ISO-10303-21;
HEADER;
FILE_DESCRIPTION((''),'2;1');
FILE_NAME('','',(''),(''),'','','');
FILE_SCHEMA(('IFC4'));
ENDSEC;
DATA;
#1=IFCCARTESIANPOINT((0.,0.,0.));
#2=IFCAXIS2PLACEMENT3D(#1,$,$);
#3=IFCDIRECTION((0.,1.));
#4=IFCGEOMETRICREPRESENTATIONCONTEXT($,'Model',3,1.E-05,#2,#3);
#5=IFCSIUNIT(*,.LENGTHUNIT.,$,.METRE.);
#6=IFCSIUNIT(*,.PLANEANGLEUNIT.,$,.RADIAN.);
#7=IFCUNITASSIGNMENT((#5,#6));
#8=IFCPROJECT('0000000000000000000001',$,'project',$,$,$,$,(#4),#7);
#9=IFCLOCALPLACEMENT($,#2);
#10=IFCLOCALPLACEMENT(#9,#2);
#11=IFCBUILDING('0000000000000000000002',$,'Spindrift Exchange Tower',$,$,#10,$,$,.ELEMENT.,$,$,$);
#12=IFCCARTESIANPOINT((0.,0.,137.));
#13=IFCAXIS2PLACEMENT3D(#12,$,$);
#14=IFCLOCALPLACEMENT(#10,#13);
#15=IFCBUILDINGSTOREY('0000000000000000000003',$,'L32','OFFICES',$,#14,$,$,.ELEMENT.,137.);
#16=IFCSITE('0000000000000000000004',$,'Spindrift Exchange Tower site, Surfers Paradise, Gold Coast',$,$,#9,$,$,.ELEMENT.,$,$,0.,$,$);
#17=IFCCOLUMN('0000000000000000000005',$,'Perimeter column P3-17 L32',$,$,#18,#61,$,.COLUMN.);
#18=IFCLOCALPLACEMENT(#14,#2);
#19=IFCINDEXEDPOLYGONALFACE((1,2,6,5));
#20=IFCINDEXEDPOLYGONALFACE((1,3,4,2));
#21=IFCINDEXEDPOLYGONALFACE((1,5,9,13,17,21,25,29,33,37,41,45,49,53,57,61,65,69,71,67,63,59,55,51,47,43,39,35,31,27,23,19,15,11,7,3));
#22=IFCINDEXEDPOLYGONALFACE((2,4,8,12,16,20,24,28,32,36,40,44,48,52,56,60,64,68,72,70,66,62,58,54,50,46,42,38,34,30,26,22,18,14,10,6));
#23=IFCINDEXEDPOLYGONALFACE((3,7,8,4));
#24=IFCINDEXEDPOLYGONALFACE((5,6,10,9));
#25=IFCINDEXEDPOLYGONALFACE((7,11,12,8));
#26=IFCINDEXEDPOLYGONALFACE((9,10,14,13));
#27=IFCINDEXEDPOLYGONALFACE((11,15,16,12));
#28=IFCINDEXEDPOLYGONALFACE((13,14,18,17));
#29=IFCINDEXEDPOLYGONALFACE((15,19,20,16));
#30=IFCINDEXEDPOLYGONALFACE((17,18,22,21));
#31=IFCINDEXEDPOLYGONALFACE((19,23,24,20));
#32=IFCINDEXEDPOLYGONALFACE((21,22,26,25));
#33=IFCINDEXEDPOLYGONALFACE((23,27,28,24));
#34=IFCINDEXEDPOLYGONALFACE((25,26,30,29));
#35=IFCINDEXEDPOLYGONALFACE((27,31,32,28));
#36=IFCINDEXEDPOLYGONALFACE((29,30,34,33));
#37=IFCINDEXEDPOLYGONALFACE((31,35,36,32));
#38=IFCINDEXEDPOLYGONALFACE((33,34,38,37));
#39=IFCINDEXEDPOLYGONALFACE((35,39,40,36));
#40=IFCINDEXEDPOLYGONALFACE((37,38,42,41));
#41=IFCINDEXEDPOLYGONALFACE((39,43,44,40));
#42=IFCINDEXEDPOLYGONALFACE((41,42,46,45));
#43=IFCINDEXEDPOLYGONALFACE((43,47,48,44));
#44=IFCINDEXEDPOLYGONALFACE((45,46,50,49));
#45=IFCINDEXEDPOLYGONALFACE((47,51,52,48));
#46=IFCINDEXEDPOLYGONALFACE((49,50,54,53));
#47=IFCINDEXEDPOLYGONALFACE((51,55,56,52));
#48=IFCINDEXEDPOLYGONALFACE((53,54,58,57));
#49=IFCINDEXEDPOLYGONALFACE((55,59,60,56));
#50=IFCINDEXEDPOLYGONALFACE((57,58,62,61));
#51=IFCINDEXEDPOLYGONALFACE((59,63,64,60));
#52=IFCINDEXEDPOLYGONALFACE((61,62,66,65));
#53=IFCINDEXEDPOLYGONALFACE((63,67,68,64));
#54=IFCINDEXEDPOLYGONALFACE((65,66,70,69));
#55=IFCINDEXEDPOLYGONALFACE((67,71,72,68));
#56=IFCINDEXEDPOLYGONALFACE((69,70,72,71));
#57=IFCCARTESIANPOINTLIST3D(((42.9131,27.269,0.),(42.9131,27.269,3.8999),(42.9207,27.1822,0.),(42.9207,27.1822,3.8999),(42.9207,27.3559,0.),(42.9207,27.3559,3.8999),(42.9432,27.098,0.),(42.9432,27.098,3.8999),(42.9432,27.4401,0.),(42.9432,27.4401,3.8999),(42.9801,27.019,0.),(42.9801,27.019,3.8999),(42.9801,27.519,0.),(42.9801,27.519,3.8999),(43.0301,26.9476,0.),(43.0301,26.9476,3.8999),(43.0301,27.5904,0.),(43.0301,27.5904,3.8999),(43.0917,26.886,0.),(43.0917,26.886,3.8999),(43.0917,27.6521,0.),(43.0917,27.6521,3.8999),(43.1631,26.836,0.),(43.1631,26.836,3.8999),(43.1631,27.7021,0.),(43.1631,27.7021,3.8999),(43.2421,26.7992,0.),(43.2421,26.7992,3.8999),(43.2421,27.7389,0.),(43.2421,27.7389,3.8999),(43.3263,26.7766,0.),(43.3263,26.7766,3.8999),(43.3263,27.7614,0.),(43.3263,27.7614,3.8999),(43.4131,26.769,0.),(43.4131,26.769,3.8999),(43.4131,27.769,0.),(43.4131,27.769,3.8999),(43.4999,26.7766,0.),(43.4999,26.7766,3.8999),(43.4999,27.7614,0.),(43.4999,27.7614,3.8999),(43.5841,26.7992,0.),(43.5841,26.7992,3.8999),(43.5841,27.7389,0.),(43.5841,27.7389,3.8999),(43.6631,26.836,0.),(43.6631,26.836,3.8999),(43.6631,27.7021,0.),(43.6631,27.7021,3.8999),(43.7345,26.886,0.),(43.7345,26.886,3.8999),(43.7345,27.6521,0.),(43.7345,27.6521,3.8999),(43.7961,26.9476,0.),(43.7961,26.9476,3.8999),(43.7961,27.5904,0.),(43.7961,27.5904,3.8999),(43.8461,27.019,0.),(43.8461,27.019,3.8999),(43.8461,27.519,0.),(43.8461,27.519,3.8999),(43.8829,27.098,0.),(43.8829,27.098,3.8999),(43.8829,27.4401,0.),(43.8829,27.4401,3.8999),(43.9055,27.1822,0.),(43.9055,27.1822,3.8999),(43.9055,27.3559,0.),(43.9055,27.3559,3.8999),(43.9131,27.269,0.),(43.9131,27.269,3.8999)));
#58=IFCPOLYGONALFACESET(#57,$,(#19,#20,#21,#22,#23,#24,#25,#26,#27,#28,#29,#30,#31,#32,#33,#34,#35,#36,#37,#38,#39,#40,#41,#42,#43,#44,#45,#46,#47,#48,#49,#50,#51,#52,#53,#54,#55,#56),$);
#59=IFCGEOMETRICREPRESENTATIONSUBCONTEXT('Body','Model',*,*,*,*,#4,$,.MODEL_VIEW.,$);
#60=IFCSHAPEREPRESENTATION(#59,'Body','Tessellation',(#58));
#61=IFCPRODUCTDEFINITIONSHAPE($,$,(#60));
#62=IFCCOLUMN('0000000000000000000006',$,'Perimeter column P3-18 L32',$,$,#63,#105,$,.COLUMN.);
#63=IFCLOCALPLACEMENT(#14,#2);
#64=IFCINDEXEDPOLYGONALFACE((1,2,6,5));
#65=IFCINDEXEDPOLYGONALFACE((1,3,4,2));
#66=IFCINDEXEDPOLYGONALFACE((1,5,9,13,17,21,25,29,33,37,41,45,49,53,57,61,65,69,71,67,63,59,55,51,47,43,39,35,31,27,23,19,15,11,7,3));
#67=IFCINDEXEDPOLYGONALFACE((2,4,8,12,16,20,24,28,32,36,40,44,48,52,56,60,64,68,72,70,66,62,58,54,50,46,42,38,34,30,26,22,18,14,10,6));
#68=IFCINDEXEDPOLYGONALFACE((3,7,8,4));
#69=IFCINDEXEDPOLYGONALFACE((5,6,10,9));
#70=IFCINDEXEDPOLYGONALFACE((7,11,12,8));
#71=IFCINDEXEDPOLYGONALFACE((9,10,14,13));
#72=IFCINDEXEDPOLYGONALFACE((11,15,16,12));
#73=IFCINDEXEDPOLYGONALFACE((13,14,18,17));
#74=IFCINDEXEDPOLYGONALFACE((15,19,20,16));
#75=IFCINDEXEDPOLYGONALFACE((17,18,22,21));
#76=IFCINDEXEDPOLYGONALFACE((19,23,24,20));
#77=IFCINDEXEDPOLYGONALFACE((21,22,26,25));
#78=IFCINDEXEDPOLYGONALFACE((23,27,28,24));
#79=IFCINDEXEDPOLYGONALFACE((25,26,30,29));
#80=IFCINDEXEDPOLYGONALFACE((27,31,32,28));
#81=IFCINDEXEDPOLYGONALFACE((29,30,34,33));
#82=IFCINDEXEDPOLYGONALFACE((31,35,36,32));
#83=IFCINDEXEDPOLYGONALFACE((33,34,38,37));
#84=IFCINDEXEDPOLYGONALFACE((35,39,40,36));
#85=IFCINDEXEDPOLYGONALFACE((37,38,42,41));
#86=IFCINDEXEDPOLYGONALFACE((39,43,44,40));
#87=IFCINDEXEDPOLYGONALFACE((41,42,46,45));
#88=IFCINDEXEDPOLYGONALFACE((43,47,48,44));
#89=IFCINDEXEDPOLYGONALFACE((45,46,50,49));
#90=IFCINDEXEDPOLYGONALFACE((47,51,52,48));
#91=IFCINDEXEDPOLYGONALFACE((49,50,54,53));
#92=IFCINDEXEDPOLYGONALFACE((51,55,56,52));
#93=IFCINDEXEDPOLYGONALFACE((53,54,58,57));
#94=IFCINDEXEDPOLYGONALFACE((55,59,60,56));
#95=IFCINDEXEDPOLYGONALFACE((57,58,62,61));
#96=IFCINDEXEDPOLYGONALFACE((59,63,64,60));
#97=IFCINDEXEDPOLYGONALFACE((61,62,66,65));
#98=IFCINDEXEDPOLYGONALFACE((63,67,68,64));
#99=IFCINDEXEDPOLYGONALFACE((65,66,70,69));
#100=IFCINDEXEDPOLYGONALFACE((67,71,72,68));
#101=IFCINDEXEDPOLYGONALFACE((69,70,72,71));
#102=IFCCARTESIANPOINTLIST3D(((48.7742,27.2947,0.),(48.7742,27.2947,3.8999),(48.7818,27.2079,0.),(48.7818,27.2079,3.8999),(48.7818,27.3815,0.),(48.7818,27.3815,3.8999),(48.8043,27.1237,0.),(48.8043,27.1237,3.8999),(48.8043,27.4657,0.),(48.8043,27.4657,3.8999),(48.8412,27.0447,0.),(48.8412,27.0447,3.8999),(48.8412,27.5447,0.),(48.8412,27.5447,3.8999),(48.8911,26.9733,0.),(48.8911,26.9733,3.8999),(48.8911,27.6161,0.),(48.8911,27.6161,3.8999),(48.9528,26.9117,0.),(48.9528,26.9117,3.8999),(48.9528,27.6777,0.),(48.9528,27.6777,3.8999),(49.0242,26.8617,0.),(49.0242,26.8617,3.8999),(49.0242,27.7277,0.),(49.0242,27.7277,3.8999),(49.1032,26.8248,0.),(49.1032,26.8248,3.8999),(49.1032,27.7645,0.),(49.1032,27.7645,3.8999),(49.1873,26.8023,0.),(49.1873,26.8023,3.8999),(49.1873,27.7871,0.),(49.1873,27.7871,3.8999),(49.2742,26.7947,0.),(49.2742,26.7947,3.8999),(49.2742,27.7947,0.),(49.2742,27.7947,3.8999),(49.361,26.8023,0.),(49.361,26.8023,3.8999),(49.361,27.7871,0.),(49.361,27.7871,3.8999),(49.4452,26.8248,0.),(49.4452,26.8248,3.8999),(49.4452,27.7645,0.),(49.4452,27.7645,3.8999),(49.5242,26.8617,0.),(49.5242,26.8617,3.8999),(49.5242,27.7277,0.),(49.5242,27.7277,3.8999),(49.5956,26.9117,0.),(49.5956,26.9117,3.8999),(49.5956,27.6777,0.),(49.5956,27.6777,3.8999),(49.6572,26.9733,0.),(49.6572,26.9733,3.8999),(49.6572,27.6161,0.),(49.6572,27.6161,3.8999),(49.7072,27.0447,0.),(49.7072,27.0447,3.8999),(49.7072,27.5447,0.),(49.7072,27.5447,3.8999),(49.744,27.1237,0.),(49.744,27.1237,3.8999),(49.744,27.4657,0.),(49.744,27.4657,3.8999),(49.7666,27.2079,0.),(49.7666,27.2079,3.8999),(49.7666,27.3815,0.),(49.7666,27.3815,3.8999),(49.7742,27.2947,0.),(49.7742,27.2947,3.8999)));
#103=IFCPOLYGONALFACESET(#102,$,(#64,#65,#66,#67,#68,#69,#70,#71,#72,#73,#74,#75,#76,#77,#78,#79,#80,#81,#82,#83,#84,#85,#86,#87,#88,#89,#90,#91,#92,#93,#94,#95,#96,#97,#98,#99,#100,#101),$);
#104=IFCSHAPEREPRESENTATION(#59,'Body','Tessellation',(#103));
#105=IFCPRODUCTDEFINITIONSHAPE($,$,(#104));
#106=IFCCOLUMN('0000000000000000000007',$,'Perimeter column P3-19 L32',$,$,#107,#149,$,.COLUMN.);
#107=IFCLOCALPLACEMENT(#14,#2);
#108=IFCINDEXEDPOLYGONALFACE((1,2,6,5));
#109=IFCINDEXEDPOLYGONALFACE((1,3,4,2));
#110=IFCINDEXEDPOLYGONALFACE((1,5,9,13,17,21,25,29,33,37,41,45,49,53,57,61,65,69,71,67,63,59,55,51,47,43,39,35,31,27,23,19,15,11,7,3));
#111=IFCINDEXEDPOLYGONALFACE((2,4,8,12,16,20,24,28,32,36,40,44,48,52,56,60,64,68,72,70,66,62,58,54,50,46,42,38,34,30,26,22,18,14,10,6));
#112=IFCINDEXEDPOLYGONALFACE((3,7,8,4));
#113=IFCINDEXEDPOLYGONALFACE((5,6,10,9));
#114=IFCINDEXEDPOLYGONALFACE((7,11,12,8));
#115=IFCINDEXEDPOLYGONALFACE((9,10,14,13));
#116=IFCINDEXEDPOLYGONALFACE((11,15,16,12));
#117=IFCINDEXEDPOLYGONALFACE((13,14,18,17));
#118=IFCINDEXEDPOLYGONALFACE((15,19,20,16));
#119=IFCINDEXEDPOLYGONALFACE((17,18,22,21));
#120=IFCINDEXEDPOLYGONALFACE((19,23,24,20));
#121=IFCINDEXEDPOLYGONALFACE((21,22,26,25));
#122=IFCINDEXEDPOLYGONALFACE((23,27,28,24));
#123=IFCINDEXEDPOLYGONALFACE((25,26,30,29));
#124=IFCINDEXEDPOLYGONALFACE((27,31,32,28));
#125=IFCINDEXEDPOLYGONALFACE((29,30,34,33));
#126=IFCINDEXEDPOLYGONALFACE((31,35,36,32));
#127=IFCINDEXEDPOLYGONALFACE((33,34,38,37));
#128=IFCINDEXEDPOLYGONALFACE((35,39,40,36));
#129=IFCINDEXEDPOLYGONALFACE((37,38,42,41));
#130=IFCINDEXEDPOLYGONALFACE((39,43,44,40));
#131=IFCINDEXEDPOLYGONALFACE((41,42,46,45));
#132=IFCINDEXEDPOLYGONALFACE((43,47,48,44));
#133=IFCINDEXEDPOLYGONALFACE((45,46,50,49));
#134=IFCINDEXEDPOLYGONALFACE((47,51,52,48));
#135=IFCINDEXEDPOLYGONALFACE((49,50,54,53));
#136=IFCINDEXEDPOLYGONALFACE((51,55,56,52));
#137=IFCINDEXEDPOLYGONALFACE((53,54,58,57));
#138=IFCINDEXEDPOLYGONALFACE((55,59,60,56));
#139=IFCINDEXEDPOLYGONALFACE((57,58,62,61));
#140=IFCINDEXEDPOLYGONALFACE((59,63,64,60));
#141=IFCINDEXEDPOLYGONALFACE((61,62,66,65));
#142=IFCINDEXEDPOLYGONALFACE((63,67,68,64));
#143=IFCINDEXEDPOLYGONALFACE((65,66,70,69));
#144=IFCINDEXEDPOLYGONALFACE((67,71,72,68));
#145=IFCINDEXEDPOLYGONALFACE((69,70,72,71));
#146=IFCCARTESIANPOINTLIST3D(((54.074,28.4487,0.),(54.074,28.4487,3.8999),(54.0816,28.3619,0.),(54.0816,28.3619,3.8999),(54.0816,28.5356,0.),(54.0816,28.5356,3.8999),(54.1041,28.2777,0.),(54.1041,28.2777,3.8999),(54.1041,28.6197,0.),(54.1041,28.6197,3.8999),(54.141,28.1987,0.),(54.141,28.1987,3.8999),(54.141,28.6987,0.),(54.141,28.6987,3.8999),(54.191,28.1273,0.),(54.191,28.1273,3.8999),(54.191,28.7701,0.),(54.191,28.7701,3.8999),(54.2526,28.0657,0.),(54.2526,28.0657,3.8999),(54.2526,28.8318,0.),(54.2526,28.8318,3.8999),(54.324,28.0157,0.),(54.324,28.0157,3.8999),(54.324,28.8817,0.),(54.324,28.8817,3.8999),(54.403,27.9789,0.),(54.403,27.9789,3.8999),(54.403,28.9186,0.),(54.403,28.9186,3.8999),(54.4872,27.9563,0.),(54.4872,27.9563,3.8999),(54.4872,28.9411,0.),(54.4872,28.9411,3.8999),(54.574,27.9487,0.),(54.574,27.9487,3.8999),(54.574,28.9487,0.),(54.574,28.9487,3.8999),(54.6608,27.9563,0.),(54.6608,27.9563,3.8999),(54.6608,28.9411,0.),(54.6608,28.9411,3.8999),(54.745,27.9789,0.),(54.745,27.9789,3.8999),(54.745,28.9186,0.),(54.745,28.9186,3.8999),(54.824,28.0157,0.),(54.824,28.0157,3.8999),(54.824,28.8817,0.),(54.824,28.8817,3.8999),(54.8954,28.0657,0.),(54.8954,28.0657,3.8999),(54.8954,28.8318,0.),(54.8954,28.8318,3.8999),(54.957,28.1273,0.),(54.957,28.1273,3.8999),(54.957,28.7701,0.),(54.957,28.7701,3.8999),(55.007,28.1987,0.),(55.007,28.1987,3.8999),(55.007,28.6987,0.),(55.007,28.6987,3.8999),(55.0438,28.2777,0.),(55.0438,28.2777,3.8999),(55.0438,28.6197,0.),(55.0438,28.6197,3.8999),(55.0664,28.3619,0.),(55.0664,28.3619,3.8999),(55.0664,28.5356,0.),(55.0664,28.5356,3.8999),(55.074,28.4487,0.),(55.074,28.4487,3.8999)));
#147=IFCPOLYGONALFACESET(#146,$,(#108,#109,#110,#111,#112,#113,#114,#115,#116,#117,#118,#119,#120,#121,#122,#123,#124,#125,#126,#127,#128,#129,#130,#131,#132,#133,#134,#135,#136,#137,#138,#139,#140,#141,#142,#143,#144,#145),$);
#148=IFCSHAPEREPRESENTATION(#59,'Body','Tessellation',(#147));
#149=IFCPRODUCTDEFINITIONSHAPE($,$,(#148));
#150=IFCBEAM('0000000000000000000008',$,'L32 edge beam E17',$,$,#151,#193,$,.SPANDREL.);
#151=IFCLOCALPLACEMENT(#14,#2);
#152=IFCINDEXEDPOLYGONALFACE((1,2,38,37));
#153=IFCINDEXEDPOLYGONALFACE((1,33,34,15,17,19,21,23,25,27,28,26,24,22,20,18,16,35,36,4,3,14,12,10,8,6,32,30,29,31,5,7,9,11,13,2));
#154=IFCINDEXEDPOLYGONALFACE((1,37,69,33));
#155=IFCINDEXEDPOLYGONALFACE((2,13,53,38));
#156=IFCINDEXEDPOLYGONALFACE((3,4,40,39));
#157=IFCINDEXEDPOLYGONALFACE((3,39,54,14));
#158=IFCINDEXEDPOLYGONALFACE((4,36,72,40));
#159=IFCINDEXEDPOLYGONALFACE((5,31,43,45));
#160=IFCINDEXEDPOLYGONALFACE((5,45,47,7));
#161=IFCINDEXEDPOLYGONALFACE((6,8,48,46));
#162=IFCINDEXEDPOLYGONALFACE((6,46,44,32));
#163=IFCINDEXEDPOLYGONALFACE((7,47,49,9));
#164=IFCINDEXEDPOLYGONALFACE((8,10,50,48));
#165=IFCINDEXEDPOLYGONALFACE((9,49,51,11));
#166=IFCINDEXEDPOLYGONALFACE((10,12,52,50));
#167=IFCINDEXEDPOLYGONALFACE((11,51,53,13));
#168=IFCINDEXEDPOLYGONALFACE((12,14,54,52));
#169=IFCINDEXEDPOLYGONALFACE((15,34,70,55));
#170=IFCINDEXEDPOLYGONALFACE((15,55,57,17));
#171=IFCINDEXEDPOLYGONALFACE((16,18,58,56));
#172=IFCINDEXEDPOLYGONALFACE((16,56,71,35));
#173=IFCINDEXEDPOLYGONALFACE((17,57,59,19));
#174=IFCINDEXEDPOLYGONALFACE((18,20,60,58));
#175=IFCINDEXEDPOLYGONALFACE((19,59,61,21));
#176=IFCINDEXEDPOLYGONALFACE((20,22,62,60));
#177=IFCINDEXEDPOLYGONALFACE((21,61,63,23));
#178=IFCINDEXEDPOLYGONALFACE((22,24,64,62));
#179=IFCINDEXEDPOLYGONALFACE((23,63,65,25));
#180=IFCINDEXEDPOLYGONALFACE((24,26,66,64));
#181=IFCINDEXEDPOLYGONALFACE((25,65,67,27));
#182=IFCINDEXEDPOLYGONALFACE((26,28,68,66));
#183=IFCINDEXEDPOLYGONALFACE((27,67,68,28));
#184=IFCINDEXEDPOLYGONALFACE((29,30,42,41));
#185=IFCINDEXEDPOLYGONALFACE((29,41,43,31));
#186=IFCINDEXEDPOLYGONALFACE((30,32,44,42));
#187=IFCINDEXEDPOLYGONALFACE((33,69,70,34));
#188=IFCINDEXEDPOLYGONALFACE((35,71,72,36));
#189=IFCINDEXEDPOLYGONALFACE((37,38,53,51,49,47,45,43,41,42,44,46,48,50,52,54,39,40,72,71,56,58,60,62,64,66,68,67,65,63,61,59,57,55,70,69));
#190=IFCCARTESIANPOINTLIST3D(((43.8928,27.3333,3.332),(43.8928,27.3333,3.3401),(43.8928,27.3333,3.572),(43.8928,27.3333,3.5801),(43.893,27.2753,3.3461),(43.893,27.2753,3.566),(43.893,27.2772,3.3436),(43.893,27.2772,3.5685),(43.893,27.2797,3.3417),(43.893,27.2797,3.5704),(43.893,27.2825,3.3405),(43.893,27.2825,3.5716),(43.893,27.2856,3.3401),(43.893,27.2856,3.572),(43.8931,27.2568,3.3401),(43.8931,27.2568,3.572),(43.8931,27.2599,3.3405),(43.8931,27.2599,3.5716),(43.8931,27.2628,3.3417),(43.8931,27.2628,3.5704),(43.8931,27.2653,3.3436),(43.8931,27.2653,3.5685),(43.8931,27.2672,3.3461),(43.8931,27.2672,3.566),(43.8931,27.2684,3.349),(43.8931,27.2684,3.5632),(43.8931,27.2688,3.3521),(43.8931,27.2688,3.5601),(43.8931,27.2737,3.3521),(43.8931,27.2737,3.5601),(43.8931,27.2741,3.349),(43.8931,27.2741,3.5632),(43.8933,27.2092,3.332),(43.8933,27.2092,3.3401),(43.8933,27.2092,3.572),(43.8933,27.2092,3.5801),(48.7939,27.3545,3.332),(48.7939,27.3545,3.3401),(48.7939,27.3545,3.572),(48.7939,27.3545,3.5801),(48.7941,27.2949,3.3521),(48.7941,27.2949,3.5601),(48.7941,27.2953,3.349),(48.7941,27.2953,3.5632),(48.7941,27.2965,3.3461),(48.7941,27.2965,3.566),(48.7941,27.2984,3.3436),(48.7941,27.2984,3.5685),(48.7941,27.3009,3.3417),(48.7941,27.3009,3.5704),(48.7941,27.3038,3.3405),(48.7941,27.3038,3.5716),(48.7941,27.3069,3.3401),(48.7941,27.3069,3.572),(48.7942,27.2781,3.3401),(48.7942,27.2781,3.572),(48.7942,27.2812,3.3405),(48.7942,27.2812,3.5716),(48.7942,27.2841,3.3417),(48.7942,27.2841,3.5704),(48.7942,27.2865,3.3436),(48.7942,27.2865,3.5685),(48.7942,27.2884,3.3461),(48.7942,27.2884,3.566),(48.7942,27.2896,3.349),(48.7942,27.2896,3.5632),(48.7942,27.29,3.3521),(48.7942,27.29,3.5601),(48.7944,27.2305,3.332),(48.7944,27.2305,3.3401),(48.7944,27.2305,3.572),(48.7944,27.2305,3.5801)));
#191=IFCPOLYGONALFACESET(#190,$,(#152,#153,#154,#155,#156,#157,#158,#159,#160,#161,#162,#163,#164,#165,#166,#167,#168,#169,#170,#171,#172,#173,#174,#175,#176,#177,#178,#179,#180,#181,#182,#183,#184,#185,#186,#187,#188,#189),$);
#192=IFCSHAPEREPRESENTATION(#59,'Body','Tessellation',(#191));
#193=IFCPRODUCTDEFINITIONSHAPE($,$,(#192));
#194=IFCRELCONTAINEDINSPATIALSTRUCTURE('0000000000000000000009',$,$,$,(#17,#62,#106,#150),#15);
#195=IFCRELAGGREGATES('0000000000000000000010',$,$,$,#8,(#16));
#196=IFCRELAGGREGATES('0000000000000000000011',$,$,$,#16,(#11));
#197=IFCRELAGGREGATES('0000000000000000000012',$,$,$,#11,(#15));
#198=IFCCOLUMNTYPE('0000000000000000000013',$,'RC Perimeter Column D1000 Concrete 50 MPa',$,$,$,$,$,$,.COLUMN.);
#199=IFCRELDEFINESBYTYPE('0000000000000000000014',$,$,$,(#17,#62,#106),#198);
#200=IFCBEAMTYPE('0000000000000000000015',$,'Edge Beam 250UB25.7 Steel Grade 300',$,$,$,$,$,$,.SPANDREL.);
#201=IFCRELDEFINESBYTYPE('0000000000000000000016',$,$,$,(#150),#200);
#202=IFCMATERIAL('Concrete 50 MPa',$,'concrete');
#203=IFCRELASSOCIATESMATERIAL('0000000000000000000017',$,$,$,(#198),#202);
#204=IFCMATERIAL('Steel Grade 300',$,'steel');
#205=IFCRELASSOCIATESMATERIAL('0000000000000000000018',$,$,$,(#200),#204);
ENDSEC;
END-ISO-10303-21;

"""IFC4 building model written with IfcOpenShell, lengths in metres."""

from ifc_helpers import new_model, si_unit, direction, frame, origin, origin_2d, place, context, subcontext, project, spatial, circle, i_section, extrude, source, transform, mapped, material, material_profile, profile_set, type_object, element, save


model = new_model("IFC4")

# Units and contexts
model_context = context("Model", 3, precision=1e-05, world=origin(), true_north=direction((0.0, 1.0)))
body_context = subcontext(model_context, "Body", "Model", "MODEL_VIEW")
ifc_project = project(units=[si_unit("LENGTHUNIT", "METRE"), si_unit("PLANEANGLEUNIT", "RADIAN")], contexts=[model_context])

# Site, building, storey
site_placement = place(None, origin())
site = spatial("IfcSite", under=ifc_project, at=site_placement, Name="Spindrift Exchange Tower site, Surfers Paradise, Gold Coast", CompositionType="ELEMENT", RefElevation=0.0)
building_placement = place(site_placement, origin())
building = spatial("IfcBuilding", under=site, at=building_placement, Name="Spindrift Exchange Tower", CompositionType="ELEMENT")
storey_placement = place(building_placement, frame((0.0, 0.0, 137.0)))
storey = spatial("IfcBuildingStorey", under=building, at=storey_placement, Name="L32", Description="OFFICES", CompositionType="ELEMENT", Elevation=137.0)

# Columns
ifc_material_1 = material(Name="Concrete 50 MPa", Category="concrete")
ifc_material_profile_1 = material_profile(ifc_material_1, circle(Radius=0.5, at=origin_2d()), Name="RC D1000")
ifc_profile_set_1 = profile_set([ifc_material_profile_1], Name="Concrete 50 MPa")
column_type = type_object("IfcColumnType", Name="RC Perimeter Column D1000 Concrete 50 MPa", PredefinedType="COLUMN", material=ifc_profile_set_1)
shared_shape_1 = source(origin(), body_context, "Body", "SweptSolid", [
    extrude(circle(Radius=0.5, at=origin_2d()), origin(), (0.0, 0.0, 1.0), 3.8999),
])
for number, where, z_axis, x_axis, name in (
    (1, (43.4131, 27.269, 0.0), (0.0, 0.0, 1.0), (1.0, 0.0, 0.0), "Perimeter column P3-17 L32"),
    (2, (49.2742, 27.2947, 0.0), (0.0, 0.0, 1.0), (1.0, 0.0, 0.0), "Perimeter column P3-18 L32"),
    (3, (54.574, 28.4487, 0.0), (0.0, 0.0, 1.0), (1.0, 0.0, 0.0), "Perimeter column P3-19 L32"),
):
    element("IfcColumn", number, at=place(storey_placement, frame(where, z_axis=z_axis, x_axis=x_axis)), inside=storey, type_object=column_type, Name=name, PredefinedType="COLUMN", context=body_context, shape_type="MappedRepresentation", body=[
        mapped(shared_shape_1, transform((0.0, 0.0, 0.0), scale=1.0)),
    ])

# Beam
ifc_material_2 = material(Name="Steel Grade 300", Category="steel")
ifc_material_profile_2 = material_profile(ifc_material_2, i_section(OverallWidth=0.124, OverallDepth=0.248, WebThickness=0.0049, FlangeThickness=0.0081, FilletRadius=0.012, at=origin_2d()), Name="250UB25.7")
ifc_profile_set_2 = profile_set([ifc_material_profile_2], Name="Steel Grade 300")
beam_type_1 = type_object("IfcBeamType", Name="Edge Beam 250UB25.7 Steel Grade 300", PredefinedType="SPANDREL", material=ifc_profile_set_2)
shared_shape_2 = source(origin(), body_context, "Body", "SweptSolid", [
    extrude(i_section(OverallWidth=0.124, OverallDepth=0.248, WebThickness=0.0049, FlangeThickness=0.0081, FilletRadius=0.012, at=origin_2d()), origin(), (0.0, 0.0, 1.0), 4.9011),
])
beam_1_placement = place(storey_placement, frame((43.8931, 27.2712, 3.4561), z_axis=(0.999991, 0.004334, 0.0), x_axis=(-0.004334, 0.999991, 0.0)))
element("IfcBeam", 4, at=beam_1_placement, inside=storey, type_object=beam_type_1, Name="L32 edge beam E17", PredefinedType="SPANDREL", context=body_context, shape_type="MappedRepresentation", body=[
    mapped(shared_shape_2, transform((0.0, 0.0, 0.0), scale=1.0)),
])

save(model, "model.ifc")
